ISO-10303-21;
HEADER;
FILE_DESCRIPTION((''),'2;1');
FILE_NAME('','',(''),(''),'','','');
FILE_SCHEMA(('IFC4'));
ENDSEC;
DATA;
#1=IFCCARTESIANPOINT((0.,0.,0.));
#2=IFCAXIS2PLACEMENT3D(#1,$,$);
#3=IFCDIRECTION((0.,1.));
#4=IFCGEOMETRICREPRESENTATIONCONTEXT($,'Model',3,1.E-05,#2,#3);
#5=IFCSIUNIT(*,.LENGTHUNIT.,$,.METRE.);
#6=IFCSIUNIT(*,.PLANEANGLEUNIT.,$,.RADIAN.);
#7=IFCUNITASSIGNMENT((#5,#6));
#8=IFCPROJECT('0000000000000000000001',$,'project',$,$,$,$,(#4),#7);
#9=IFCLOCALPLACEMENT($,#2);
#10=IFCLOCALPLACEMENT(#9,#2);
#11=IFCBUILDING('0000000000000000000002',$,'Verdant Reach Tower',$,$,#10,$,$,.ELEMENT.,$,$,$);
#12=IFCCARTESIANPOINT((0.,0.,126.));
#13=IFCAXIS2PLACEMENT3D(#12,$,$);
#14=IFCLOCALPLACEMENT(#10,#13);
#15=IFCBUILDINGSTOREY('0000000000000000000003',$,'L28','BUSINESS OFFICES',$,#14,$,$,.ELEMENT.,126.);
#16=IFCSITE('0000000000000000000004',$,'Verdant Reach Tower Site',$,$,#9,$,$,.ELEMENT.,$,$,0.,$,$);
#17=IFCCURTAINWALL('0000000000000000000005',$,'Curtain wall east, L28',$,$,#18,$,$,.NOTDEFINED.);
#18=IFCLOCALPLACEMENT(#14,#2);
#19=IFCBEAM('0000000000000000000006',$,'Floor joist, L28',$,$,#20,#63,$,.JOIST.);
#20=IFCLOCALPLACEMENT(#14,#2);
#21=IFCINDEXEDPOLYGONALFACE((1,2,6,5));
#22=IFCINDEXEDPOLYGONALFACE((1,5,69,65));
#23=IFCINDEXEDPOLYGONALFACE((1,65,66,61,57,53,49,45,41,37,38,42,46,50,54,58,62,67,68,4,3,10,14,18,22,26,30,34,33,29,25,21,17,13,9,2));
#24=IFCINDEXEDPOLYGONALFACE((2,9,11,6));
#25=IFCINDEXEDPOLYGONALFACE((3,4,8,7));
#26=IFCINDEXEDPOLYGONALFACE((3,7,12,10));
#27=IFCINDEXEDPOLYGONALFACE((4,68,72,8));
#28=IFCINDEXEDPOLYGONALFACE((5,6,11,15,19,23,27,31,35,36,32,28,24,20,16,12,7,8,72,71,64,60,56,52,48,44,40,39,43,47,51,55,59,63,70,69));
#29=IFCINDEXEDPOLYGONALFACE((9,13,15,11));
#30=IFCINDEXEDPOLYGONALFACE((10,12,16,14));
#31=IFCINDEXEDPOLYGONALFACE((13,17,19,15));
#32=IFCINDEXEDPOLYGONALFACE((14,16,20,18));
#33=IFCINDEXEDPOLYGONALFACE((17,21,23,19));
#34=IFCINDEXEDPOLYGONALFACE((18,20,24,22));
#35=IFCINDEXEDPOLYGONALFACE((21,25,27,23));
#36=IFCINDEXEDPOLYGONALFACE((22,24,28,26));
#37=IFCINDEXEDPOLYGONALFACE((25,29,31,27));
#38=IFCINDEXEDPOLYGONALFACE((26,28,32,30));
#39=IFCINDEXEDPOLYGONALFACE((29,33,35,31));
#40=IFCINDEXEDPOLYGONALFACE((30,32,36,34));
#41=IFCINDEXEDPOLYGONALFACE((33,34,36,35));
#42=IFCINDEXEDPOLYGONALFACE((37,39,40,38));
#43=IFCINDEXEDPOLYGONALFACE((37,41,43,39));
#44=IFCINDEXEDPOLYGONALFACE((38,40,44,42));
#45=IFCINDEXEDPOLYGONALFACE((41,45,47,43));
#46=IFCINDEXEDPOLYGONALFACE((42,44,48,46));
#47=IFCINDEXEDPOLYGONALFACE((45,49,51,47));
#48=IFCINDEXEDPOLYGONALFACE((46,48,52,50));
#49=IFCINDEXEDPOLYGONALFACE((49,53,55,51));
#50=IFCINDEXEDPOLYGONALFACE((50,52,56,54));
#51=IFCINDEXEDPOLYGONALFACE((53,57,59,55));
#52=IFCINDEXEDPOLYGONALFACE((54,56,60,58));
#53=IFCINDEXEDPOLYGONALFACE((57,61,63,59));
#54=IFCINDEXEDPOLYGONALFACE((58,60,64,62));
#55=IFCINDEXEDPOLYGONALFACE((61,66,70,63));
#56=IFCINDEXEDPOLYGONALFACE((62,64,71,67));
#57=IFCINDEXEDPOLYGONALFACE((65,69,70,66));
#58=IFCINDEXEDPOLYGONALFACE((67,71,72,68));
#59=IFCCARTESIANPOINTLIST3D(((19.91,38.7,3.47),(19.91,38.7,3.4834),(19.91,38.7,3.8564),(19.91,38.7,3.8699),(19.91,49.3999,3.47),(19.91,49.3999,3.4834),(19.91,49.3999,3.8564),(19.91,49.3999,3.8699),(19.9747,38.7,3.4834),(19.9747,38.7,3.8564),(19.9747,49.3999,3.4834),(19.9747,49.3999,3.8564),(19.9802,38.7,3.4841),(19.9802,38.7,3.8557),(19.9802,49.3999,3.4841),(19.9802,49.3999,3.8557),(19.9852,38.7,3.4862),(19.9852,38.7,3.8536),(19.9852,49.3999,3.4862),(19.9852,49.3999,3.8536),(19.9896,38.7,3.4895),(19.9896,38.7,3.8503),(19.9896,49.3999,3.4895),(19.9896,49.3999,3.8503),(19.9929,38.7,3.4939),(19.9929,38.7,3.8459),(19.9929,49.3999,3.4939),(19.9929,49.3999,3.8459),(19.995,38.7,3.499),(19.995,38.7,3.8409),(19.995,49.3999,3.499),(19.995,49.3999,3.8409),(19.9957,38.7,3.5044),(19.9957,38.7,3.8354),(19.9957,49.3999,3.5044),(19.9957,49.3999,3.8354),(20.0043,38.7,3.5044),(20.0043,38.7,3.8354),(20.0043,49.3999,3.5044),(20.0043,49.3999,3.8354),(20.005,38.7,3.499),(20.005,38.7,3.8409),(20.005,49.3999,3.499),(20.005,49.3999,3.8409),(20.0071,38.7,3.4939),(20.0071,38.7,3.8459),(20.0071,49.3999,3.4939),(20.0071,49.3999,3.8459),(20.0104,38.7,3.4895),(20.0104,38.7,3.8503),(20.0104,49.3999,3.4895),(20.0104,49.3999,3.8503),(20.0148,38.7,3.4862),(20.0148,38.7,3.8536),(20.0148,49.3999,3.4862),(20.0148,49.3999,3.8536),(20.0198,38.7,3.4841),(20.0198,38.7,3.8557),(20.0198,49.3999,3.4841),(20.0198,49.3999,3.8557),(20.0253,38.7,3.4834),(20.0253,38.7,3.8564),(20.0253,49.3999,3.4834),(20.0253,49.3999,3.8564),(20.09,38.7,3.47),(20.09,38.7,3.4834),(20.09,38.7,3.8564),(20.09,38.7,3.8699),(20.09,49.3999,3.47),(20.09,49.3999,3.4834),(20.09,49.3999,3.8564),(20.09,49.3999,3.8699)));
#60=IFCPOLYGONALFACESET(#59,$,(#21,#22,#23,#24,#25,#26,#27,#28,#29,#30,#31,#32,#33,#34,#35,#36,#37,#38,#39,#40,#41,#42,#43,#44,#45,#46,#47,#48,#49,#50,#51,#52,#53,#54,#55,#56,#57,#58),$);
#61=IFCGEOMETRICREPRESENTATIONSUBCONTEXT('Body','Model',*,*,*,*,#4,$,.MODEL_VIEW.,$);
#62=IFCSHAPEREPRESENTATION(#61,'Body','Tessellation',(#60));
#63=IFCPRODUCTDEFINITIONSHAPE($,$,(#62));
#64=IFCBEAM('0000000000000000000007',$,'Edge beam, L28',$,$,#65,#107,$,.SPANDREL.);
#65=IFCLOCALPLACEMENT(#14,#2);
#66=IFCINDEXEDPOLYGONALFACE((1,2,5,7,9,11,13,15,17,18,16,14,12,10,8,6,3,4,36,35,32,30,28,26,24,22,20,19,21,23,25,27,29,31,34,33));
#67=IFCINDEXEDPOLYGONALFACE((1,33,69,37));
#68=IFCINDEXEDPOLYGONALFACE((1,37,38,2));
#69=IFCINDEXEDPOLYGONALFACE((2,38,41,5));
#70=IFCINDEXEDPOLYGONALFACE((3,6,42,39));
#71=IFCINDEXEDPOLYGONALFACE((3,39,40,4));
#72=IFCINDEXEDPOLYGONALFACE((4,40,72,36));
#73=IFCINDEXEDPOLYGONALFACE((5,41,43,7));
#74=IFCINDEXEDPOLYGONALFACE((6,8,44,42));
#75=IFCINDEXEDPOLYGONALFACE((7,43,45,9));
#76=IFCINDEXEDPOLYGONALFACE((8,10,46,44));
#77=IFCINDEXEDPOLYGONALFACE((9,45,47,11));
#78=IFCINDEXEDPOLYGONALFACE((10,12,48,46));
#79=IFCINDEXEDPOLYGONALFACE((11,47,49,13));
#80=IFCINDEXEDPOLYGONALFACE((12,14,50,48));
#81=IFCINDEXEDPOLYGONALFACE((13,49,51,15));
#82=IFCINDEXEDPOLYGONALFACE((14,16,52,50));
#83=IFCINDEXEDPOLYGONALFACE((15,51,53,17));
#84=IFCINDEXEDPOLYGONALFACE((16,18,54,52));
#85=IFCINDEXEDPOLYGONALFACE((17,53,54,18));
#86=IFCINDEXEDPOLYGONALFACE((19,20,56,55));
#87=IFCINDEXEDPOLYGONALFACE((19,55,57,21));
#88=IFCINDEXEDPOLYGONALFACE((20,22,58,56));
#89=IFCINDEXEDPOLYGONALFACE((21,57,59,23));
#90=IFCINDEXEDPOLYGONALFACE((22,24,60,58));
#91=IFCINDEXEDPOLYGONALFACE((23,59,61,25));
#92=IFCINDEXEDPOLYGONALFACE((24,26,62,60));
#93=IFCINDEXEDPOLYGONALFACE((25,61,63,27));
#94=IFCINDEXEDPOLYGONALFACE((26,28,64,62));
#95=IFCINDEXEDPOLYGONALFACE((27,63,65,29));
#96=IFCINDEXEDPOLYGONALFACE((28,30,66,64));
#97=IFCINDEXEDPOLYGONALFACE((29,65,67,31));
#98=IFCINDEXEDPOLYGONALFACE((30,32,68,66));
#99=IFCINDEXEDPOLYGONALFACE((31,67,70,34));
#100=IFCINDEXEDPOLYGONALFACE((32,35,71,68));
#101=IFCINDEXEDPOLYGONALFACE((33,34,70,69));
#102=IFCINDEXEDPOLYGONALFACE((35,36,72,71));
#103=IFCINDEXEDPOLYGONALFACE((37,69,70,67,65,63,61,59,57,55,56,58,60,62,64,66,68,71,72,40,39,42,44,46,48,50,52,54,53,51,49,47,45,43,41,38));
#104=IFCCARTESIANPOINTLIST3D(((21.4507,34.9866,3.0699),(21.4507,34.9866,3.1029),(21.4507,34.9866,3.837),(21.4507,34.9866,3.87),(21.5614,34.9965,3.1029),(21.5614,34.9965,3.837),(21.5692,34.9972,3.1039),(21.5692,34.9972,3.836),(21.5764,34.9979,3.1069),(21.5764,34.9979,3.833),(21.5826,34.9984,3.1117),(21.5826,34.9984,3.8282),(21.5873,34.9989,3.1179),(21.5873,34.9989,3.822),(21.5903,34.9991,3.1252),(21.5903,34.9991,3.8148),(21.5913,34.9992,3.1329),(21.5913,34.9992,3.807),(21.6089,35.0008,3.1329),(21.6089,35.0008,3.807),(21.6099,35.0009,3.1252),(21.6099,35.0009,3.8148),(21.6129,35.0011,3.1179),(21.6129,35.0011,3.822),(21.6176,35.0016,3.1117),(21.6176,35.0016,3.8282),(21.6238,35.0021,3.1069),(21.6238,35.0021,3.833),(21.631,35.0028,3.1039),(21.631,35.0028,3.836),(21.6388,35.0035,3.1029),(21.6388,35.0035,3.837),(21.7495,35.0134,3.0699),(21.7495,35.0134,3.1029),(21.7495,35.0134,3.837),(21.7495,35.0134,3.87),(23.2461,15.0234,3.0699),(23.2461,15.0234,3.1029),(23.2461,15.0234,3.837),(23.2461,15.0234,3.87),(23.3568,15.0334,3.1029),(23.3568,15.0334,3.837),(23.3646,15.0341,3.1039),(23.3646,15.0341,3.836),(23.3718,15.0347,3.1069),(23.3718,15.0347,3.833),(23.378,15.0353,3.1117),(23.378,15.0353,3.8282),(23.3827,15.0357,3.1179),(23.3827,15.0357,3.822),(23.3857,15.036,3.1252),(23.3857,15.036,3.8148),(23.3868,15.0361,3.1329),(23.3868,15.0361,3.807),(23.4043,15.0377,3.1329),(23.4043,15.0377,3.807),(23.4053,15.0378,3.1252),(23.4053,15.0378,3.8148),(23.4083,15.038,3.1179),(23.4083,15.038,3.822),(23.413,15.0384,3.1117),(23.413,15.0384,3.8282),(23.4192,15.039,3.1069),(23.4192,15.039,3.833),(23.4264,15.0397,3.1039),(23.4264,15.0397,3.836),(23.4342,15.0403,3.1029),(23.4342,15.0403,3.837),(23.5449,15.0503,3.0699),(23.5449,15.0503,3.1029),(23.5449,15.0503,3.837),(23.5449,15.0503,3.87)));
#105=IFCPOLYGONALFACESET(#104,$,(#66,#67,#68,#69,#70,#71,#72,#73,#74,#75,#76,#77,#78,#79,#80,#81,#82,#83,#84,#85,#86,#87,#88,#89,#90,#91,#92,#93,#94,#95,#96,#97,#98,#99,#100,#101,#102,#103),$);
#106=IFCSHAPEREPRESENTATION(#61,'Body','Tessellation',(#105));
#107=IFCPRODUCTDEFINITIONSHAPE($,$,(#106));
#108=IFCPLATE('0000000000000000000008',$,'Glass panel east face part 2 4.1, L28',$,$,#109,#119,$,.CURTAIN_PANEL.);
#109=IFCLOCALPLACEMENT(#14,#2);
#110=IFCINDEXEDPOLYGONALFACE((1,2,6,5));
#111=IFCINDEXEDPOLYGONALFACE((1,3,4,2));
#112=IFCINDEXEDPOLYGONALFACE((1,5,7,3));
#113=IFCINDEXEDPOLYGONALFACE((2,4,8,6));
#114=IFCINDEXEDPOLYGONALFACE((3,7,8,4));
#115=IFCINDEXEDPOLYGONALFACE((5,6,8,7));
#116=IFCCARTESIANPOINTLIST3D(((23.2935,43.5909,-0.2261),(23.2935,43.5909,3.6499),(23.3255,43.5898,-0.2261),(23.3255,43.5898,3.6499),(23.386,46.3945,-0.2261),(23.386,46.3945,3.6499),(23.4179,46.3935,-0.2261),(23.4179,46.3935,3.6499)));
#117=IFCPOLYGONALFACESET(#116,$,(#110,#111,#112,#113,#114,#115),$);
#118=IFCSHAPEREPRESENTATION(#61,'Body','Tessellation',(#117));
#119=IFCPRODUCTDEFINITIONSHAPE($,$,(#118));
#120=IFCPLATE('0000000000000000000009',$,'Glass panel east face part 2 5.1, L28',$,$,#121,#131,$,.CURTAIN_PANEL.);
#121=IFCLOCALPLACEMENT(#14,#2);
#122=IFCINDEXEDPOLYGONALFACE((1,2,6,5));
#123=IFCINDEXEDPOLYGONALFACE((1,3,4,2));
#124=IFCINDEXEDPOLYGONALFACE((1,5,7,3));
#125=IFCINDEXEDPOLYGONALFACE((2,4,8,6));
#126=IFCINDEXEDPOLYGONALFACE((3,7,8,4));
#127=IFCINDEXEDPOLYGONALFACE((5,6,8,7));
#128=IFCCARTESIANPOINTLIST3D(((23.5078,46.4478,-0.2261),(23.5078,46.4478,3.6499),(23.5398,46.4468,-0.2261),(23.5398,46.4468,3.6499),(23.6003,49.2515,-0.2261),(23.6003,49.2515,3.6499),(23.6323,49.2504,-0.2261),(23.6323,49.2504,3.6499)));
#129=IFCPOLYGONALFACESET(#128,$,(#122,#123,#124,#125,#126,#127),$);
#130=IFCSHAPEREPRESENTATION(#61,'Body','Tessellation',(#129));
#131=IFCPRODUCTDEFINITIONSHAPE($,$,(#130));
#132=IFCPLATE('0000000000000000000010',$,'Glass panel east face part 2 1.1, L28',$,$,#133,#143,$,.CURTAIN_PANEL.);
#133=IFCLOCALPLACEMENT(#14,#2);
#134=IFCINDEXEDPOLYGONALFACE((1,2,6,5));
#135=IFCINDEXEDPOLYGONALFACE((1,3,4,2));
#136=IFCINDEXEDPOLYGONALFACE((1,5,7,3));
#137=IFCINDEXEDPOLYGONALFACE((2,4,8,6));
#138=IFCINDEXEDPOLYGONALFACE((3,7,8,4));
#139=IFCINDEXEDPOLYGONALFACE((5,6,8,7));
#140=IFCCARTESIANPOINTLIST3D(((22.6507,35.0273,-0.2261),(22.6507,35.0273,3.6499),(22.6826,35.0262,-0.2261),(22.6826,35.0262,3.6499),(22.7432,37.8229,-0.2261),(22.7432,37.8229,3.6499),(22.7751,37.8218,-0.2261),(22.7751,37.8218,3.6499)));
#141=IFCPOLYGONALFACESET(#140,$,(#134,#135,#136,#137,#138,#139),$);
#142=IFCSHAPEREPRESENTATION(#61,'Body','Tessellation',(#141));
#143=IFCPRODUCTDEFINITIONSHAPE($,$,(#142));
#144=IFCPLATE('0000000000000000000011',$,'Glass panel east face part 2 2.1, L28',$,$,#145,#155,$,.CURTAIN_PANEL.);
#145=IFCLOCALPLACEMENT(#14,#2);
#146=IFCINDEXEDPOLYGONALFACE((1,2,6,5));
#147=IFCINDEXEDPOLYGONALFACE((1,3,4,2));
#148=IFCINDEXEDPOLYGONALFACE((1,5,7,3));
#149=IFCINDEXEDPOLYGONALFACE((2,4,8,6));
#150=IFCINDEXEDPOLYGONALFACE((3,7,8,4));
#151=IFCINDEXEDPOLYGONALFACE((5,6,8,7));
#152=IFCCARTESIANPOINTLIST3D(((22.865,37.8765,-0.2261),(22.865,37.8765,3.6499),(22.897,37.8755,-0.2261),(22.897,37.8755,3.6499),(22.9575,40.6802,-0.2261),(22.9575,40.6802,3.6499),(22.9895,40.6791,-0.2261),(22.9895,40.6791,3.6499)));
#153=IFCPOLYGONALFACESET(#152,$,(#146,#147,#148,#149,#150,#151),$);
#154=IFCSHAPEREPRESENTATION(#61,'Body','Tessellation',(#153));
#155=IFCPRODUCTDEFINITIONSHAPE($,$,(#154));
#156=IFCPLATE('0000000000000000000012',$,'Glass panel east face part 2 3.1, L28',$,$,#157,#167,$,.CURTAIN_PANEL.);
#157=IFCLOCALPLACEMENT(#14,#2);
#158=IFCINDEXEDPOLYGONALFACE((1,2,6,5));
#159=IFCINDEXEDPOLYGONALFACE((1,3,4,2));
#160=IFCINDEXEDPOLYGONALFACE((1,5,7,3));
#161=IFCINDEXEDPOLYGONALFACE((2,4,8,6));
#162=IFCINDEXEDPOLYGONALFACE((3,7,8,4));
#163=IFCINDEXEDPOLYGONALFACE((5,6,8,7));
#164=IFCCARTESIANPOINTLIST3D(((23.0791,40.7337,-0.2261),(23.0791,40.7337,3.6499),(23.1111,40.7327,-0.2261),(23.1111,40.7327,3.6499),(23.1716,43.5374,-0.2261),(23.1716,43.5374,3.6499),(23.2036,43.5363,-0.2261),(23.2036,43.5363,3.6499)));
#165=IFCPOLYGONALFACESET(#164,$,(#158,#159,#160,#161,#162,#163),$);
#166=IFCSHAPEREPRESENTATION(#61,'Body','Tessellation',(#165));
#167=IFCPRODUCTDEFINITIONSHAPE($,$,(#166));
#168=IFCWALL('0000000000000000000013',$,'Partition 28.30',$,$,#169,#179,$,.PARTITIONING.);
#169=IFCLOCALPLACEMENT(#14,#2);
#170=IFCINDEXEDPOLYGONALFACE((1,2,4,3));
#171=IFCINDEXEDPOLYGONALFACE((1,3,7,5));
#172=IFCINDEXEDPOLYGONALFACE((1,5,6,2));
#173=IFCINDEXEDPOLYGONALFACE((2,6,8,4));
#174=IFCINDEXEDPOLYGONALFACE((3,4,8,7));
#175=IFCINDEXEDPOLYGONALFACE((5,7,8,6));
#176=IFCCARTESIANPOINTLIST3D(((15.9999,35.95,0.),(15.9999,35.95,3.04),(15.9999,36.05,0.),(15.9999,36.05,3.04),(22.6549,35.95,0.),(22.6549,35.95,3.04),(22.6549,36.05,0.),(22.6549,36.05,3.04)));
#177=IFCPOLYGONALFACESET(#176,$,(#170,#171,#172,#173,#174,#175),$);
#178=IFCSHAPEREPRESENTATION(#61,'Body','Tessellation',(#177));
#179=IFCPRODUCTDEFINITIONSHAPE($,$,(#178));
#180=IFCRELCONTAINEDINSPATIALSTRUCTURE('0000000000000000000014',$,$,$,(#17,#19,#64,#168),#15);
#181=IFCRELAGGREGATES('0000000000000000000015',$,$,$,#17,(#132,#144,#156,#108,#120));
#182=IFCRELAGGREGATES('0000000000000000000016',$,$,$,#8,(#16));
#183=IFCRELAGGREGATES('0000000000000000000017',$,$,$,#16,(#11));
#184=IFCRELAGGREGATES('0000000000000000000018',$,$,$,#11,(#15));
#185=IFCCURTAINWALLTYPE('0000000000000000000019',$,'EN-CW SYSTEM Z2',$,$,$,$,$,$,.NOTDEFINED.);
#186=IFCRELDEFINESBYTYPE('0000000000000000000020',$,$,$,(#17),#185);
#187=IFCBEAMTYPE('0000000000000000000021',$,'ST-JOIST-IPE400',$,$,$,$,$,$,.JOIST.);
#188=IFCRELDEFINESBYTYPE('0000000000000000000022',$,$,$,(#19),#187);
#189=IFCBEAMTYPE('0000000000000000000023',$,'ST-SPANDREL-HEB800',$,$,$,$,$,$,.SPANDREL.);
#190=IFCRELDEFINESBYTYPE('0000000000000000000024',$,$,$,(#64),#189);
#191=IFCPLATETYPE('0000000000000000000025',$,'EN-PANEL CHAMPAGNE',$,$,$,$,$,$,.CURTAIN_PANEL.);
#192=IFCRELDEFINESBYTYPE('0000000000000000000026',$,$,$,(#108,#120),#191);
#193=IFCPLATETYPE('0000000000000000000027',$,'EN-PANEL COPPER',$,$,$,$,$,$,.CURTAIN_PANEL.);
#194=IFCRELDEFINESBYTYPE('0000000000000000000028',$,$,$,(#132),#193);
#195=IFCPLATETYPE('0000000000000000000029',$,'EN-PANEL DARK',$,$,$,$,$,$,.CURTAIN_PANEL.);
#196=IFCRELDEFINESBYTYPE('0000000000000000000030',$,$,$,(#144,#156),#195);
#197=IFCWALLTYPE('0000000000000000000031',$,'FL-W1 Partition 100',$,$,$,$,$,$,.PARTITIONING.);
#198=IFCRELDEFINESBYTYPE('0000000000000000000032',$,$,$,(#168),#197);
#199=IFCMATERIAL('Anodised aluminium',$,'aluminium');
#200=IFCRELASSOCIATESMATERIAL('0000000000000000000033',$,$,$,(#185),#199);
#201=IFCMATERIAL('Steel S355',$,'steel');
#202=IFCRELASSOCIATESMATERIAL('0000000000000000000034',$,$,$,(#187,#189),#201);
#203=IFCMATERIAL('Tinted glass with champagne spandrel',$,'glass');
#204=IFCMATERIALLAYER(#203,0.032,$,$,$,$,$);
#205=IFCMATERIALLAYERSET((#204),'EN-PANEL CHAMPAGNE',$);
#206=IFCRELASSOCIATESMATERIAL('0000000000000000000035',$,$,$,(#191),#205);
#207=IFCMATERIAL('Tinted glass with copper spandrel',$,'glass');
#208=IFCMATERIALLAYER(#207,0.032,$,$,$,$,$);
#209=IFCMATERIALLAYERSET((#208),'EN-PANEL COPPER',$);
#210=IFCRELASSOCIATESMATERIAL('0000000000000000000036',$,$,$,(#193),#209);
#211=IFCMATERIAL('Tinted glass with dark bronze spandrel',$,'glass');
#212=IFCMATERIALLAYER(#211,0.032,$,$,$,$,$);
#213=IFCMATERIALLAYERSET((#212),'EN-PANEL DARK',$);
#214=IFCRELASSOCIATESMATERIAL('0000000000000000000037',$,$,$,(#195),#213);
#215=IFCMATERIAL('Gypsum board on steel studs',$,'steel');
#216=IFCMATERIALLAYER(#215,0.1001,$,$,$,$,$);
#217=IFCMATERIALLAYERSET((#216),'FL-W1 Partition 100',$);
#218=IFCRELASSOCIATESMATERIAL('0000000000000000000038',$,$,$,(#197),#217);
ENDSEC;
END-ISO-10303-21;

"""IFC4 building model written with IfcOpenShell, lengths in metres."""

from ifc_helpers import new_model, si_unit, direction, frame, frame_2d, origin, origin_2d, place, context, subcontext, project, spatial, rectangle, i_section, extrude, material, layer, layer_set, material_profile, profile_set, type_object, element, aggregate, save


model = new_model("IFC4")

# Units and contexts
model_context = context("Model", 3, precision=1e-05, world=origin(), true_north=direction((0.0, 1.0)))
body_context = subcontext(model_context, "Body", "Model", "MODEL_VIEW")
ifc_project = project(units=[si_unit("LENGTHUNIT", "METRE"), si_unit("PLANEANGLEUNIT", "RADIAN")], contexts=[model_context])

# Site, building, storey
site_placement = place(None, origin())
site = spatial("IfcSite", under=ifc_project, at=site_placement, Name="Verdant Reach Tower Site", CompositionType="ELEMENT", RefElevation=0.0)
building_placement = place(site_placement, origin())
building = spatial("IfcBuilding", under=site, at=building_placement, Name="Verdant Reach Tower", CompositionType="ELEMENT")
storey_placement = place(building_placement, frame((0.0, 0.0, 126.0)))
storey = spatial("IfcBuildingStorey", under=building, at=storey_placement, Name="L28", Description="BUSINESS OFFICES", CompositionType="ELEMENT", Elevation=126.0)

# Curtain wall
ifc_material_1 = material(Name="Anodised aluminium", Category="aluminium")
curtain_wall_type = type_object("IfcCurtainWallType", Name="EN-CW SYSTEM Z2", PredefinedType="NOTDEFINED", material=ifc_material_1)
curtain_wall_placement = place(storey_placement, origin())
curtain_wall = element("IfcCurtainWall", 1, at=curtain_wall_placement, inside=storey, type_object=curtain_wall_type, Name="Curtain wall east, L28", PredefinedType="NOTDEFINED")

# Beams
ifc_material_2 = material(Name="Steel S355", Category="steel")
ifc_material_profile_1 = material_profile(ifc_material_2, i_section(OverallWidth=0.1799, OverallDepth=0.3999, WebThickness=0.0085, FlangeThickness=0.0134, FilletRadius=0.021, at=origin_2d()), Name="IPE 400")
ifc_profile_set_1 = profile_set([ifc_material_profile_1], Name="Steel S355")
beam_type_1 = type_object("IfcBeamType", Name="ST-JOIST-IPE400", PredefinedType="JOIST", material=ifc_profile_set_1)
for number, where, z_axis, x_axis, name in (
    (2, (20.0, 38.7, 3.6699), (0.0, 1.0, 0.0), (-1.0, 0.0, 0.0), "Floor joist, L28"),
):
    element("IfcBeam", number, at=place(storey_placement, frame(where, z_axis=z_axis, x_axis=x_axis)), inside=storey, type_object=beam_type_1, Name=name, PredefinedType="JOIST", context=body_context, shape_type="SweptSolid", body=[
        extrude(i_section(OverallWidth=0.1799, OverallDepth=0.3999, WebThickness=0.0085, FlangeThickness=0.0134, FilletRadius=0.021, at=origin_2d()), origin(), (0.0, 0.0, 1.0), 10.7),
    ])
ifc_material_profile_2 = material_profile(ifc_material_2, i_section(OverallWidth=0.3, OverallDepth=0.8, WebThickness=0.0176, FlangeThickness=0.033, FilletRadius=0.03, at=origin_2d()), Name="HEB 800")
ifc_profile_set_2 = profile_set([ifc_material_profile_2], Name="Steel S355")
beam_type_2 = type_object("IfcBeamType", Name="ST-SPANDREL-HEB800", PredefinedType="SPANDREL", material=ifc_profile_set_2)
beam_placement = place(storey_placement, frame((21.6001, 35.0, 3.47), z_axis=(0.089575, -0.99598, 0.0), x_axis=(0.99598, 0.089575, 0.0)))
element("IfcBeam", 3, at=beam_placement, inside=storey, type_object=beam_type_2, Name="Edge beam, L28", PredefinedType="SPANDREL", context=body_context, shape_type="SweptSolid", body=[
    extrude(i_section(OverallWidth=0.3, OverallDepth=0.8, WebThickness=0.0176, FlangeThickness=0.033, FilletRadius=0.03, at=origin_2d()), origin(), (0.0, 0.0, 1.0), 20.0437),
])

# Plates
ifc_material_3 = material(Name="Tinted glass with champagne spandrel", Category="glass")
ifc_layer_1 = layer(ifc_material_3, 0.032)
ifc_layer_set_1 = layer_set([ifc_layer_1], Name="EN-PANEL CHAMPAGNE")
plate_type_1 = type_object("IfcPlateType", Name="EN-PANEL CHAMPAGNE", PredefinedType="CURTAIN_PANEL", material=ifc_layer_set_1)
plate_1_placement = place(storey_placement, frame((23.3557, 44.9922, -0.2261), z_axis=(0.0, 0.0, 1.0), x_axis=(0.032966, 0.999456, 0.0)))
plate_1 = element("IfcPlate", 4, at=plate_1_placement, type_object=plate_type_1, Name="Glass panel east face part 2 4.1, L28", PredefinedType="CURTAIN_PANEL", context=body_context, shape_type="SweptSolid", body=[
    extrude(rectangle(XDim=2.8052, YDim=0.032, at=origin_2d()), origin(), (0.0, 0.0, 1.0), 3.876),
])
plate_2_placement = place(storey_placement, frame((23.5701, 47.8491, -0.2261), z_axis=(0.0, 0.0, 1.0), x_axis=(0.032966, 0.999456, 0.0)))
plate_2 = element("IfcPlate", 5, at=plate_2_placement, type_object=plate_type_1, Name="Glass panel east face part 2 5.1, L28", PredefinedType="CURTAIN_PANEL", context=body_context, shape_type="SweptSolid", body=[
    extrude(rectangle(XDim=2.8052, YDim=0.032, at=origin_2d()), origin(), (0.0, 0.0, 1.0), 3.876),
])
ifc_material_4 = material(Name="Tinted glass with copper spandrel", Category="glass")
ifc_layer_2 = layer(ifc_material_4, 0.032)
ifc_layer_set_2 = layer_set([ifc_layer_2], Name="EN-PANEL COPPER")
plate_type_2 = type_object("IfcPlateType", Name="EN-PANEL COPPER", PredefinedType="CURTAIN_PANEL", material=ifc_layer_set_2)
plate_3_placement = place(storey_placement, frame((22.7129, 36.4246, -0.2261), z_axis=(0.0, 0.0, 1.0), x_axis=(0.03307, 0.999453, 0.0)))
plate_3 = element("IfcPlate", 6, at=plate_3_placement, type_object=plate_type_2, Name="Glass panel east face part 2 1.1, L28", PredefinedType="CURTAIN_PANEL", context=body_context, shape_type="SweptSolid", body=[
    extrude(rectangle(XDim=2.7971, YDim=0.032, at=origin_2d()), origin(), (0.0, 0.0, 1.0), 3.876),
])
ifc_material_5 = material(Name="Tinted glass with dark bronze spandrel", Category="glass")
ifc_layer_3 = layer(ifc_material_5, 0.032)
ifc_layer_set_3 = layer_set([ifc_layer_3], Name="EN-PANEL DARK")
plate_type_3 = type_object("IfcPlateType", Name="EN-PANEL DARK", PredefinedType="CURTAIN_PANEL", material=ifc_layer_set_3)
plate_4_placement = place(storey_placement, frame((22.9272, 39.2778, -0.2261), z_axis=(0.0, 0.0, 1.0), x_axis=(0.032966, 0.999456, 0.0)))
plate_4 = element("IfcPlate", 7, at=plate_4_placement, type_object=plate_type_3, Name="Glass panel east face part 2 2.1, L28", PredefinedType="CURTAIN_PANEL", context=body_context, shape_type="SweptSolid", body=[
    extrude(rectangle(XDim=2.8052, YDim=0.032, at=origin_2d()), origin(), (0.0, 0.0, 1.0), 3.876),
])
plate_5_placement = place(storey_placement, frame((23.1414, 42.135, -0.2261), z_axis=(0.0, 0.0, 1.0), x_axis=(0.032966, 0.999456, 0.0)))
plate_5 = element("IfcPlate", 8, at=plate_5_placement, type_object=plate_type_3, Name="Glass panel east face part 2 3.1, L28", PredefinedType="CURTAIN_PANEL", context=body_context, shape_type="SweptSolid", body=[
    extrude(rectangle(XDim=2.8052, YDim=0.032, at=origin_2d()), origin(), (0.0, 0.0, 1.0), 3.876),
])
aggregate(curtain_wall, [plate_3, plate_4, plate_5, plate_1, plate_2])

# Wall
ifc_material_6 = material(Name="Gypsum board on steel studs", Category="steel")
ifc_layer_4 = layer(ifc_material_6, 0.1001)
ifc_layer_set_4 = layer_set([ifc_layer_4], Name="FL-W1 Partition 100")
wall_type_1 = type_object("IfcWallType", Name="FL-W1 Partition 100", PredefinedType="PARTITIONING", material=ifc_layer_set_4)
wall_1_placement = place(storey_placement, frame((22.655, 36.0, 0.0), z_axis=(0.0, 0.0, 1.0), x_axis=(-1.0, 0.0, 0.0)))
element("IfcWall", 9, at=wall_1_placement, inside=storey, type_object=wall_type_1, Name="Partition 28.30", PredefinedType="PARTITIONING", context=body_context, shape_type="SweptSolid", body=[
    extrude(rectangle(XDim=6.655, YDim=0.1001, at=frame_2d((3.3276, 0.0))), origin(), (0.0, 0.0, 1.0), 3.04),
])

save(model, "model.ifc")
